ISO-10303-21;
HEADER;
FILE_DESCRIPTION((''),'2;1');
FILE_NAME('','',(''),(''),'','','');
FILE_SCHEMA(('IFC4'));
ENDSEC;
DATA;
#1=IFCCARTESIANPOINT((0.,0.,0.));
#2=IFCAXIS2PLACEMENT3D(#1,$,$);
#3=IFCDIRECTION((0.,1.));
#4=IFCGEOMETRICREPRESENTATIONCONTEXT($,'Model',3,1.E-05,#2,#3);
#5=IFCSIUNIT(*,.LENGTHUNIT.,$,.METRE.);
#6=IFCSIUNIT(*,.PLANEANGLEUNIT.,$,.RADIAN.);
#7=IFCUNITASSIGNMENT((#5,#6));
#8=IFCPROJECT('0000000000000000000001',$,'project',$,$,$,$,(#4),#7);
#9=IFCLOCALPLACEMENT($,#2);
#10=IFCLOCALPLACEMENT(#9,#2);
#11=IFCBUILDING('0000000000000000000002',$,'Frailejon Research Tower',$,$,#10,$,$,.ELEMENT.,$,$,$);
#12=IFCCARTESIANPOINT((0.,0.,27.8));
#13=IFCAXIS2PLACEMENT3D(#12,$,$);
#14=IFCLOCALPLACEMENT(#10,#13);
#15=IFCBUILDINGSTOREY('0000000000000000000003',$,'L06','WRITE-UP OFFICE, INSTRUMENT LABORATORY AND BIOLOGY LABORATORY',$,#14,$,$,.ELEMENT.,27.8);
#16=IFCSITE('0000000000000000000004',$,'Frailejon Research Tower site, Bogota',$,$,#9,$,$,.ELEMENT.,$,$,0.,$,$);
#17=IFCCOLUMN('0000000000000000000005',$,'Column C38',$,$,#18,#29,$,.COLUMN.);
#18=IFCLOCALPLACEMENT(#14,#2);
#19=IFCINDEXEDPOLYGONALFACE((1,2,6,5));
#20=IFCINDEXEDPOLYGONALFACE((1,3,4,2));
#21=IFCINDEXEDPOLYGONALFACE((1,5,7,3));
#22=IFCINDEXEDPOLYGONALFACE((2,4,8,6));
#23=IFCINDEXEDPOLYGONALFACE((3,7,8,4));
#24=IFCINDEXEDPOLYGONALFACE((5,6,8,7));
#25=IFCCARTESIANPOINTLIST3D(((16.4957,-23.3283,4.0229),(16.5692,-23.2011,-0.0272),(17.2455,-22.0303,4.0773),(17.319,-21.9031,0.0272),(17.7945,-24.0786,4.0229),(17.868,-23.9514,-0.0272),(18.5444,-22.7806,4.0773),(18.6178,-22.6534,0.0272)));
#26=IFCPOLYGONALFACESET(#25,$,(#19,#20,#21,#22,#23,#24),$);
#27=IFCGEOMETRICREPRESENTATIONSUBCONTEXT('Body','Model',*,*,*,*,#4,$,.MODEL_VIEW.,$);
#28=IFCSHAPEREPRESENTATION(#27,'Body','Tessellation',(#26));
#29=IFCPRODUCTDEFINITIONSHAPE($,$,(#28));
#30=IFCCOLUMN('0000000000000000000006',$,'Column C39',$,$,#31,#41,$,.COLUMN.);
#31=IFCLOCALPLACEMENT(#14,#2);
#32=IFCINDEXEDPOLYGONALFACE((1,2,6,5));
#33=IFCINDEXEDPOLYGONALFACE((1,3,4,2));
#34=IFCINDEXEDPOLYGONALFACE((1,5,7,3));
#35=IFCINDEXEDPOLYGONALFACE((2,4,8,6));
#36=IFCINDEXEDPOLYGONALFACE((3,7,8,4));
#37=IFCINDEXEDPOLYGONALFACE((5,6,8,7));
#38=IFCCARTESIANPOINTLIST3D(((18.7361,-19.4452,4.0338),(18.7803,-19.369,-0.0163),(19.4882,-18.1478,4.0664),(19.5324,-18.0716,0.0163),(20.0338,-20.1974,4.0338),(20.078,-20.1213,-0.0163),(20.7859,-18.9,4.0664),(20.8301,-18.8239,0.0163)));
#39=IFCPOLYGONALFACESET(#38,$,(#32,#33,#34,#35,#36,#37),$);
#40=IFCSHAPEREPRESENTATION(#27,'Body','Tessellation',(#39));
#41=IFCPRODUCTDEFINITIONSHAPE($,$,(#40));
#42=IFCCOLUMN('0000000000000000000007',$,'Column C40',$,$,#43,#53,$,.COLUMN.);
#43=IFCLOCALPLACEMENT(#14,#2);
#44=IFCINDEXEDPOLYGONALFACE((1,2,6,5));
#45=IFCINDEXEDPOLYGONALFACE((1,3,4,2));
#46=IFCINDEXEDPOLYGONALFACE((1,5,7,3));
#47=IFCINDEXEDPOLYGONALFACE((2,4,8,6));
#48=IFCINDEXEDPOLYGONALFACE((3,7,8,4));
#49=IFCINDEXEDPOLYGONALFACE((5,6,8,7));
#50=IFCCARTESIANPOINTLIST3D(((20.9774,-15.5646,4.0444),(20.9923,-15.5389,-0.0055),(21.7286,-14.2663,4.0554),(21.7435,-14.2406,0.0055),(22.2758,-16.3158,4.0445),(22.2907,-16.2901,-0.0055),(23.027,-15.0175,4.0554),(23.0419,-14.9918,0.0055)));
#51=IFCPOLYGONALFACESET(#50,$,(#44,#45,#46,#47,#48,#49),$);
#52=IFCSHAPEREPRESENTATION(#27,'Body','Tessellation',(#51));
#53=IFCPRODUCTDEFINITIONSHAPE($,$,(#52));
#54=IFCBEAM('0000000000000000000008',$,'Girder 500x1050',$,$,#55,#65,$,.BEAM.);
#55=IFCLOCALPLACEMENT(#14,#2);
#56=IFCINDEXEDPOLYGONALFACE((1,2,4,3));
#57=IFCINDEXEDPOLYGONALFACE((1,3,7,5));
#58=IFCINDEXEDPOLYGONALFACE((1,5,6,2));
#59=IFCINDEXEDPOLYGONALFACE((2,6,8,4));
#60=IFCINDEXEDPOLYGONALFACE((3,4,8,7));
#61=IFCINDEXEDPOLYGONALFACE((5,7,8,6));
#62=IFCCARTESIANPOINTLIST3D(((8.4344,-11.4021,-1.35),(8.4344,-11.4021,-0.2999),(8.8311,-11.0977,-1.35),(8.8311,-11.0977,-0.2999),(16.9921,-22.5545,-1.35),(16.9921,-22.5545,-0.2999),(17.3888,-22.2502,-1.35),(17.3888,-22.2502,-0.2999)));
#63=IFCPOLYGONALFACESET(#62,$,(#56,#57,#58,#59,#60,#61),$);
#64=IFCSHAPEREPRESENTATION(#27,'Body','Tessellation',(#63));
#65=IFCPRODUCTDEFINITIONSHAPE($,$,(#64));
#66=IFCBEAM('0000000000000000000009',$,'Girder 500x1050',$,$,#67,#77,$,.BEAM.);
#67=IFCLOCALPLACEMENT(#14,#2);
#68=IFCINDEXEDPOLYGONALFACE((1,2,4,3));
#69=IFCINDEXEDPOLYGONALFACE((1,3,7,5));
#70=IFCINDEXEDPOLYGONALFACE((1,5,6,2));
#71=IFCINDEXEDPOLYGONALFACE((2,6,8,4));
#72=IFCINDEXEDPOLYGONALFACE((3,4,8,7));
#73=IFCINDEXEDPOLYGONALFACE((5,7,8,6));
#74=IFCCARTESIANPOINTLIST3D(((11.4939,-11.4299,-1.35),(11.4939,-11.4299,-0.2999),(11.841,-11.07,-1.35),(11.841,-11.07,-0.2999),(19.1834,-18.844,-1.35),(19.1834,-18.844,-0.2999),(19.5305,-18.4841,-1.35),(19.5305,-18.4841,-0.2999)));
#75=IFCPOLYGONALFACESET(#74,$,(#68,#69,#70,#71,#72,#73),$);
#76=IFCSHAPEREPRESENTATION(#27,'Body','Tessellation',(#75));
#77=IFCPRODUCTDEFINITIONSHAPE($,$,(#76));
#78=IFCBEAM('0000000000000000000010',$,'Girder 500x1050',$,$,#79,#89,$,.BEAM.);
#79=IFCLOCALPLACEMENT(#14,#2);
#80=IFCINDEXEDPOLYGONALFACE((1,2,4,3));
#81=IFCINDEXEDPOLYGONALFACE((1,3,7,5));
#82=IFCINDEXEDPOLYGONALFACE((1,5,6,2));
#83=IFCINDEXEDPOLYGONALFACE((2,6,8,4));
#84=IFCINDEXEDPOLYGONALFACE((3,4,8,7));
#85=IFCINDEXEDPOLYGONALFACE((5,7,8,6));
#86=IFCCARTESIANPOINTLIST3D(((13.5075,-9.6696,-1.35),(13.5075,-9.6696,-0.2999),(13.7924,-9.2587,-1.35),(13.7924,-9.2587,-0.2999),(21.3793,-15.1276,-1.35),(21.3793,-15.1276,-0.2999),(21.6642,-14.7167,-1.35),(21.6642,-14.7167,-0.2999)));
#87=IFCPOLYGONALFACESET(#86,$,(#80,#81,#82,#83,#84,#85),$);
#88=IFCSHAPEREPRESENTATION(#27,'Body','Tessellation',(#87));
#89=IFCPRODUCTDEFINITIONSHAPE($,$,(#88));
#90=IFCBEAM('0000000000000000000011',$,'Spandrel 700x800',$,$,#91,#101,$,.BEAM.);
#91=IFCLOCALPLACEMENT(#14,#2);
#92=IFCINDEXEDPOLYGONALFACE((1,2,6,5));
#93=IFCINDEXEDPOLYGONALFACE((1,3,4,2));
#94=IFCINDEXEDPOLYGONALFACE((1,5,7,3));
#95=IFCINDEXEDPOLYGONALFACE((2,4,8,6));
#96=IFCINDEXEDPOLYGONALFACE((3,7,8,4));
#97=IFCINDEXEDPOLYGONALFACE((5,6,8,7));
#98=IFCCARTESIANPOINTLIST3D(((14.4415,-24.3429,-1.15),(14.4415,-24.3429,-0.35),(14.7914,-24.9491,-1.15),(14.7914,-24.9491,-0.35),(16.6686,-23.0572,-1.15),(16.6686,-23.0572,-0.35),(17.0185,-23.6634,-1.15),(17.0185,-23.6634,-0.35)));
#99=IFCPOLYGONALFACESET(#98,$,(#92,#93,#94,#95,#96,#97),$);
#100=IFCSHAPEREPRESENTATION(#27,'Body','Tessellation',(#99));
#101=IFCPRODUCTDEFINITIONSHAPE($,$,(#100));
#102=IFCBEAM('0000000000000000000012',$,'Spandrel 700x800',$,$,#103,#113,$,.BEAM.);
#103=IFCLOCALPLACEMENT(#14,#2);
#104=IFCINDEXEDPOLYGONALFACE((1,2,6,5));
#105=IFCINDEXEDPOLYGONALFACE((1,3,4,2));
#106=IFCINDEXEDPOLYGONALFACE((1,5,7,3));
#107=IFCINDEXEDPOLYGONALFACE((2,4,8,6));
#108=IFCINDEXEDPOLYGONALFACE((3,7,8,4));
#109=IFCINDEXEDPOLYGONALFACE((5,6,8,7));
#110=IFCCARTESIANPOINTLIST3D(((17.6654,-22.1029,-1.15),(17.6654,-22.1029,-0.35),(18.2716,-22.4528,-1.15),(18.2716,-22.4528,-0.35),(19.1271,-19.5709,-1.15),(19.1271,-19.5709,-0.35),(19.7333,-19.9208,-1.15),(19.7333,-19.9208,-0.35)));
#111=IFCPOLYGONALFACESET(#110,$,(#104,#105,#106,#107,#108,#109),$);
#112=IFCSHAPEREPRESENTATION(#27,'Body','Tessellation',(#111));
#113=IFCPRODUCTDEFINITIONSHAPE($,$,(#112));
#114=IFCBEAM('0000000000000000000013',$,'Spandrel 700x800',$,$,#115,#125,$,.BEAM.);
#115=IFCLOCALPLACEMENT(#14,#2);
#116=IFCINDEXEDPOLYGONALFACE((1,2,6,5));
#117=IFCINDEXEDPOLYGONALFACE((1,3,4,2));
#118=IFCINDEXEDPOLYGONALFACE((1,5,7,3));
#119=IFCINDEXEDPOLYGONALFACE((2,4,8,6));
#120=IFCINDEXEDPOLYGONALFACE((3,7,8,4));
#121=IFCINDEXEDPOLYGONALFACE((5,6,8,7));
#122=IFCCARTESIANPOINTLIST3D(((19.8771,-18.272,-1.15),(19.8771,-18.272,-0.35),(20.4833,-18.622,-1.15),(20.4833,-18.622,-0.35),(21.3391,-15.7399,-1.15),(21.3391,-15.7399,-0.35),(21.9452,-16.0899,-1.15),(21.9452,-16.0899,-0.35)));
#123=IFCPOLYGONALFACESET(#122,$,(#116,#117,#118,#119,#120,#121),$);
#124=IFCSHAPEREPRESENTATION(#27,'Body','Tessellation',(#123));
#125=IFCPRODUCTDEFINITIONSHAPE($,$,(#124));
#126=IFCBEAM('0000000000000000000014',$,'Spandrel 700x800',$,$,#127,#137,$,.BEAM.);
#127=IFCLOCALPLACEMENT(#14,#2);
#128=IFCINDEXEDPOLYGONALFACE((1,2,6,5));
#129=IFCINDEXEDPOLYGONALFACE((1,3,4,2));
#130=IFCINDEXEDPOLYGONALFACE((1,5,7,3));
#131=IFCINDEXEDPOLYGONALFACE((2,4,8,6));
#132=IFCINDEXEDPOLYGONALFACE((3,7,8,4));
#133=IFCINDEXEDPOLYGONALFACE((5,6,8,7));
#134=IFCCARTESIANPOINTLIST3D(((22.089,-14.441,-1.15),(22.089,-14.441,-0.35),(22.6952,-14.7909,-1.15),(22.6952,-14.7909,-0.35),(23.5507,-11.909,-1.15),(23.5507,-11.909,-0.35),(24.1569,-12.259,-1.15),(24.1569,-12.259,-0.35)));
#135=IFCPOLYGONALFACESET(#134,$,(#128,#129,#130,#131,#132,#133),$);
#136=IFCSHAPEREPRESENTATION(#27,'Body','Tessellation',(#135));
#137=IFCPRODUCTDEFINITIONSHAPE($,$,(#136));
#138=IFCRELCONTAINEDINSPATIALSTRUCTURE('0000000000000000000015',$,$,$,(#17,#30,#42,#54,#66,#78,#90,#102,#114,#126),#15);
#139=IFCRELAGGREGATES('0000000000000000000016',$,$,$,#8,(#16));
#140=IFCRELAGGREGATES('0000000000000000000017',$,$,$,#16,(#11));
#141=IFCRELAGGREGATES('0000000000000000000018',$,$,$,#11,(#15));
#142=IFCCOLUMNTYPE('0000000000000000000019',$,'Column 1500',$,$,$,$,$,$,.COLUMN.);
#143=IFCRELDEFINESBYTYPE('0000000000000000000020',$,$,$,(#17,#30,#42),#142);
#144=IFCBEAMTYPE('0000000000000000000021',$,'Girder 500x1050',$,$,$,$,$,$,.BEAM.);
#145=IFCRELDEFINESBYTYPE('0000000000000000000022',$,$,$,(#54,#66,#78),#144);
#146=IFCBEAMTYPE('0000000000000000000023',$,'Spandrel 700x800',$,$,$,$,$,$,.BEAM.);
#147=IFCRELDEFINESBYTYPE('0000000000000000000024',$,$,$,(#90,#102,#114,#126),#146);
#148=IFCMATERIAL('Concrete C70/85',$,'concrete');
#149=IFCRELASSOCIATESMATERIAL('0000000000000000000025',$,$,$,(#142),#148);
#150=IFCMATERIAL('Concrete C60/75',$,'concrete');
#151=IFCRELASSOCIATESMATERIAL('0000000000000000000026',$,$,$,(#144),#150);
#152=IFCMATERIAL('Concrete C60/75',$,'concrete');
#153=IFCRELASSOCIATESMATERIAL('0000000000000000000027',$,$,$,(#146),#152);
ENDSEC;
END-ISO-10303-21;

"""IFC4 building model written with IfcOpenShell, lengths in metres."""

from ifc_helpers import new_model, si_unit, direction, frame, origin, origin_2d, place, context, subcontext, project, spatial, rectangle, extrude, material, material_profile, profile_set, type_object, element, save


model = new_model("IFC4")

# Units and contexts
model_context = context("Model", 3, precision=1e-05, world=origin(), true_north=direction((0.0, 1.0)))
body_context = subcontext(model_context, "Body", "Model", "MODEL_VIEW")
ifc_project = project(units=[si_unit("LENGTHUNIT", "METRE"), si_unit("PLANEANGLEUNIT", "RADIAN")], contexts=[model_context])

# Site, building, storey
site_placement = place(None, origin())
site = spatial("IfcSite", under=ifc_project, at=site_placement, Name="Frailejon Research Tower site, Bogota", CompositionType="ELEMENT", RefElevation=0.0)
building_placement = place(site_placement, origin())
building = spatial("IfcBuilding", under=site, at=building_placement, Name="Frailejon Research Tower", CompositionType="ELEMENT")
storey_placement = place(building_placement, frame((0.0, 0.0, 27.8)))
storey = spatial("IfcBuildingStorey", under=building, at=storey_placement, Name="L06", Description="WRITE-UP OFFICE, INSTRUMENT LABORATORY AND BIOLOGY LABORATORY", CompositionType="ELEMENT", Elevation=27.8)

# Columns
ifc_material_1 = material(Name="Concrete C70/85", Category="concrete")
ifc_material_profile_1 = material_profile(ifc_material_1, rectangle(XDim=1.5, YDim=1.5, at=origin_2d()), Name="Column 1500")
ifc_profile_set_1 = profile_set([ifc_material_profile_1], Name="Concrete C70/85")
column_type = type_object("IfcColumnType", Name="Column 1500", PredefinedType="COLUMN", material=ifc_profile_set_1)
column_1_placement = place(storey_placement, frame((17.5935, -22.9272, 0.0), z_axis=(-0.018133, -0.031386, 0.999343), x_axis=(0.499873, 0.86534, 0.036247)))
element("IfcColumn", 1, at=column_1_placement, inside=storey, type_object=column_type, Name="Column C38", PredefinedType="COLUMN", context=body_context, shape_type="SweptSolid", body=[
    extrude(rectangle(XDim=1.5, YDim=1.5, at=origin_2d()), origin(), (0.0, 0.0, 1.0), 4.0527),
])
column_2_placement = place(storey_placement, frame((19.8052, -19.0964, 0.0), z_axis=(-0.010908, -0.018803, 0.999764), x_axis=(0.501388, 0.864949, 0.021738)))
element("IfcColumn", 2, at=column_2_placement, inside=storey, type_object=column_type, Name="Column C39", PredefinedType="COLUMN", context=body_context, shape_type="SweptSolid", body=[
    extrude(rectangle(XDim=1.5, YDim=1.5, at=origin_2d()), origin(), (0.0, 0.0, 1.0), 4.051),
])
column_3_placement = place(storey_placement, frame((22.0171, -15.2654, 0.0), z_axis=(-0.003677, -0.006329, 0.999973), x_axis=(0.500791, 0.865537, 0.00732)))
element("IfcColumn", 3, at=column_3_placement, inside=storey, type_object=column_type, Name="Column C40", PredefinedType="COLUMN", context=body_context, shape_type="SweptSolid", body=[
    extrude(rectangle(XDim=1.5, YDim=1.5, at=origin_2d()), origin(), (0.0, 0.0, 1.0), 4.05),
])

# Beams
ifc_material_2 = material(Name="Concrete C60/75", Category="concrete")
ifc_material_profile_2 = material_profile(ifc_material_2, rectangle(XDim=0.5, YDim=1.05, at=origin_2d()), Name="Girder 500x1050")
ifc_profile_set_2 = profile_set([ifc_material_profile_2], Name="Concrete C60/75")
beam_type_1 = type_object("IfcBeamType", Name="Girder 500x1050", PredefinedType="BEAM", material=ifc_profile_set_2)
beam_1_placement = place(storey_placement, frame((17.1904, -22.4023, -0.825), z_axis=(-0.608767, 0.793349, 0.0), x_axis=(-0.793349, -0.608767, 0.0)))
element("IfcBeam", 4, at=beam_1_placement, inside=storey, type_object=beam_type_1, Name="Girder 500x1050", PredefinedType="BEAM", context=body_context, shape_type="SweptSolid", body=[
    extrude(rectangle(XDim=0.5, YDim=1.05, at=origin_2d()), origin(), (0.0, 0.0, 1.0), 14.0574),
])
beam_2_placement = place(storey_placement, frame((19.3569, -18.6641, -0.825), z_axis=(-0.71988, 0.694098, 0.0), x_axis=(-0.694098, -0.71988, 0.0)))
element("IfcBeam", 5, at=beam_2_placement, inside=storey, type_object=beam_type_1, Name="Girder 500x1050", PredefinedType="BEAM", context=body_context, shape_type="SweptSolid", body=[
    extrude(rectangle(XDim=0.5, YDim=1.05, at=origin_2d()), origin(), (0.0, 0.0, 1.0), 10.6816),
])
beam_3_placement = place(storey_placement, frame((21.5217, -14.9221, -0.825), z_axis=(-0.821787, 0.569794, 0.0), x_axis=(-0.569794, -0.821787, 0.0)))
element("IfcBeam", 6, at=beam_3_placement, inside=storey, type_object=beam_type_1, Name="Girder 500x1050", PredefinedType="BEAM", context=body_context, shape_type="SweptSolid", body=[
    extrude(rectangle(XDim=0.5, YDim=1.05, at=origin_2d()), origin(), (0.0, 0.0, 1.0), 9.5789),
])
ifc_material_3 = material(Name="Concrete C60/75", Category="concrete")
ifc_material_profile_3 = material_profile(ifc_material_3, rectangle(XDim=0.7, YDim=0.8, at=origin_2d()), Name="Spandrel 700x800")
ifc_profile_set_3 = profile_set([ifc_material_profile_3], Name="Concrete C60/75")
beam_type_2 = type_object("IfcBeamType", Name="Spandrel 700x800", PredefinedType="BEAM", material=ifc_profile_set_3)
beam_4_placement = place(storey_placement, frame((14.6165, -24.646, -0.75), z_axis=(0.86605, 0.499958, 0.0), x_axis=(-0.499958, 0.86605, 0.0)))
element("IfcBeam", 7, at=beam_4_placement, inside=storey, type_object=beam_type_2, Name="Spandrel 700x800", PredefinedType="BEAM", context=body_context, shape_type="SweptSolid", body=[
    extrude(rectangle(XDim=0.7, YDim=0.8, at=origin_2d()), origin(), (0.0, 0.0, 1.0), 2.5715),
])
beam_5_placement = place(storey_placement, frame((17.9685, -22.2778, -0.75), z_axis=(0.499956, 0.866051, 0.0), x_axis=(-0.866051, 0.499956, 0.0)))
element("IfcBeam", 8, at=beam_5_placement, inside=storey, type_object=beam_type_2, Name="Spandrel 700x800", PredefinedType="BEAM", context=body_context, shape_type="SweptSolid", body=[
    extrude(rectangle(XDim=0.7, YDim=0.8, at=origin_2d()), origin(), (0.0, 0.0, 1.0), 2.9236),
])
beam_6_placement = place(storey_placement, frame((20.1802, -18.447, -0.75), z_axis=(0.500019, 0.866015, 0.0), x_axis=(-0.866015, 0.500019, 0.0)))
element("IfcBeam", 9, at=beam_6_placement, inside=storey, type_object=beam_type_2, Name="Spandrel 700x800", PredefinedType="BEAM", context=body_context, shape_type="SweptSolid", body=[
    extrude(rectangle(XDim=0.7, YDim=0.8, at=origin_2d()), origin(), (0.0, 0.0, 1.0), 2.9238),
])
beam_7_placement = place(storey_placement, frame((22.3921, -14.616, -0.75), z_axis=(0.499956, 0.866051, 0.0), x_axis=(-0.866051, 0.499956, 0.0)))
element("IfcBeam", 10, at=beam_7_placement, inside=storey, type_object=beam_type_2, Name="Spandrel 700x800", PredefinedType="BEAM", context=body_context, shape_type="SweptSolid", body=[
    extrude(rectangle(XDim=0.7, YDim=0.8, at=origin_2d()), origin(), (0.0, 0.0, 1.0), 2.9236),
])

save(model, "model.ifc")
